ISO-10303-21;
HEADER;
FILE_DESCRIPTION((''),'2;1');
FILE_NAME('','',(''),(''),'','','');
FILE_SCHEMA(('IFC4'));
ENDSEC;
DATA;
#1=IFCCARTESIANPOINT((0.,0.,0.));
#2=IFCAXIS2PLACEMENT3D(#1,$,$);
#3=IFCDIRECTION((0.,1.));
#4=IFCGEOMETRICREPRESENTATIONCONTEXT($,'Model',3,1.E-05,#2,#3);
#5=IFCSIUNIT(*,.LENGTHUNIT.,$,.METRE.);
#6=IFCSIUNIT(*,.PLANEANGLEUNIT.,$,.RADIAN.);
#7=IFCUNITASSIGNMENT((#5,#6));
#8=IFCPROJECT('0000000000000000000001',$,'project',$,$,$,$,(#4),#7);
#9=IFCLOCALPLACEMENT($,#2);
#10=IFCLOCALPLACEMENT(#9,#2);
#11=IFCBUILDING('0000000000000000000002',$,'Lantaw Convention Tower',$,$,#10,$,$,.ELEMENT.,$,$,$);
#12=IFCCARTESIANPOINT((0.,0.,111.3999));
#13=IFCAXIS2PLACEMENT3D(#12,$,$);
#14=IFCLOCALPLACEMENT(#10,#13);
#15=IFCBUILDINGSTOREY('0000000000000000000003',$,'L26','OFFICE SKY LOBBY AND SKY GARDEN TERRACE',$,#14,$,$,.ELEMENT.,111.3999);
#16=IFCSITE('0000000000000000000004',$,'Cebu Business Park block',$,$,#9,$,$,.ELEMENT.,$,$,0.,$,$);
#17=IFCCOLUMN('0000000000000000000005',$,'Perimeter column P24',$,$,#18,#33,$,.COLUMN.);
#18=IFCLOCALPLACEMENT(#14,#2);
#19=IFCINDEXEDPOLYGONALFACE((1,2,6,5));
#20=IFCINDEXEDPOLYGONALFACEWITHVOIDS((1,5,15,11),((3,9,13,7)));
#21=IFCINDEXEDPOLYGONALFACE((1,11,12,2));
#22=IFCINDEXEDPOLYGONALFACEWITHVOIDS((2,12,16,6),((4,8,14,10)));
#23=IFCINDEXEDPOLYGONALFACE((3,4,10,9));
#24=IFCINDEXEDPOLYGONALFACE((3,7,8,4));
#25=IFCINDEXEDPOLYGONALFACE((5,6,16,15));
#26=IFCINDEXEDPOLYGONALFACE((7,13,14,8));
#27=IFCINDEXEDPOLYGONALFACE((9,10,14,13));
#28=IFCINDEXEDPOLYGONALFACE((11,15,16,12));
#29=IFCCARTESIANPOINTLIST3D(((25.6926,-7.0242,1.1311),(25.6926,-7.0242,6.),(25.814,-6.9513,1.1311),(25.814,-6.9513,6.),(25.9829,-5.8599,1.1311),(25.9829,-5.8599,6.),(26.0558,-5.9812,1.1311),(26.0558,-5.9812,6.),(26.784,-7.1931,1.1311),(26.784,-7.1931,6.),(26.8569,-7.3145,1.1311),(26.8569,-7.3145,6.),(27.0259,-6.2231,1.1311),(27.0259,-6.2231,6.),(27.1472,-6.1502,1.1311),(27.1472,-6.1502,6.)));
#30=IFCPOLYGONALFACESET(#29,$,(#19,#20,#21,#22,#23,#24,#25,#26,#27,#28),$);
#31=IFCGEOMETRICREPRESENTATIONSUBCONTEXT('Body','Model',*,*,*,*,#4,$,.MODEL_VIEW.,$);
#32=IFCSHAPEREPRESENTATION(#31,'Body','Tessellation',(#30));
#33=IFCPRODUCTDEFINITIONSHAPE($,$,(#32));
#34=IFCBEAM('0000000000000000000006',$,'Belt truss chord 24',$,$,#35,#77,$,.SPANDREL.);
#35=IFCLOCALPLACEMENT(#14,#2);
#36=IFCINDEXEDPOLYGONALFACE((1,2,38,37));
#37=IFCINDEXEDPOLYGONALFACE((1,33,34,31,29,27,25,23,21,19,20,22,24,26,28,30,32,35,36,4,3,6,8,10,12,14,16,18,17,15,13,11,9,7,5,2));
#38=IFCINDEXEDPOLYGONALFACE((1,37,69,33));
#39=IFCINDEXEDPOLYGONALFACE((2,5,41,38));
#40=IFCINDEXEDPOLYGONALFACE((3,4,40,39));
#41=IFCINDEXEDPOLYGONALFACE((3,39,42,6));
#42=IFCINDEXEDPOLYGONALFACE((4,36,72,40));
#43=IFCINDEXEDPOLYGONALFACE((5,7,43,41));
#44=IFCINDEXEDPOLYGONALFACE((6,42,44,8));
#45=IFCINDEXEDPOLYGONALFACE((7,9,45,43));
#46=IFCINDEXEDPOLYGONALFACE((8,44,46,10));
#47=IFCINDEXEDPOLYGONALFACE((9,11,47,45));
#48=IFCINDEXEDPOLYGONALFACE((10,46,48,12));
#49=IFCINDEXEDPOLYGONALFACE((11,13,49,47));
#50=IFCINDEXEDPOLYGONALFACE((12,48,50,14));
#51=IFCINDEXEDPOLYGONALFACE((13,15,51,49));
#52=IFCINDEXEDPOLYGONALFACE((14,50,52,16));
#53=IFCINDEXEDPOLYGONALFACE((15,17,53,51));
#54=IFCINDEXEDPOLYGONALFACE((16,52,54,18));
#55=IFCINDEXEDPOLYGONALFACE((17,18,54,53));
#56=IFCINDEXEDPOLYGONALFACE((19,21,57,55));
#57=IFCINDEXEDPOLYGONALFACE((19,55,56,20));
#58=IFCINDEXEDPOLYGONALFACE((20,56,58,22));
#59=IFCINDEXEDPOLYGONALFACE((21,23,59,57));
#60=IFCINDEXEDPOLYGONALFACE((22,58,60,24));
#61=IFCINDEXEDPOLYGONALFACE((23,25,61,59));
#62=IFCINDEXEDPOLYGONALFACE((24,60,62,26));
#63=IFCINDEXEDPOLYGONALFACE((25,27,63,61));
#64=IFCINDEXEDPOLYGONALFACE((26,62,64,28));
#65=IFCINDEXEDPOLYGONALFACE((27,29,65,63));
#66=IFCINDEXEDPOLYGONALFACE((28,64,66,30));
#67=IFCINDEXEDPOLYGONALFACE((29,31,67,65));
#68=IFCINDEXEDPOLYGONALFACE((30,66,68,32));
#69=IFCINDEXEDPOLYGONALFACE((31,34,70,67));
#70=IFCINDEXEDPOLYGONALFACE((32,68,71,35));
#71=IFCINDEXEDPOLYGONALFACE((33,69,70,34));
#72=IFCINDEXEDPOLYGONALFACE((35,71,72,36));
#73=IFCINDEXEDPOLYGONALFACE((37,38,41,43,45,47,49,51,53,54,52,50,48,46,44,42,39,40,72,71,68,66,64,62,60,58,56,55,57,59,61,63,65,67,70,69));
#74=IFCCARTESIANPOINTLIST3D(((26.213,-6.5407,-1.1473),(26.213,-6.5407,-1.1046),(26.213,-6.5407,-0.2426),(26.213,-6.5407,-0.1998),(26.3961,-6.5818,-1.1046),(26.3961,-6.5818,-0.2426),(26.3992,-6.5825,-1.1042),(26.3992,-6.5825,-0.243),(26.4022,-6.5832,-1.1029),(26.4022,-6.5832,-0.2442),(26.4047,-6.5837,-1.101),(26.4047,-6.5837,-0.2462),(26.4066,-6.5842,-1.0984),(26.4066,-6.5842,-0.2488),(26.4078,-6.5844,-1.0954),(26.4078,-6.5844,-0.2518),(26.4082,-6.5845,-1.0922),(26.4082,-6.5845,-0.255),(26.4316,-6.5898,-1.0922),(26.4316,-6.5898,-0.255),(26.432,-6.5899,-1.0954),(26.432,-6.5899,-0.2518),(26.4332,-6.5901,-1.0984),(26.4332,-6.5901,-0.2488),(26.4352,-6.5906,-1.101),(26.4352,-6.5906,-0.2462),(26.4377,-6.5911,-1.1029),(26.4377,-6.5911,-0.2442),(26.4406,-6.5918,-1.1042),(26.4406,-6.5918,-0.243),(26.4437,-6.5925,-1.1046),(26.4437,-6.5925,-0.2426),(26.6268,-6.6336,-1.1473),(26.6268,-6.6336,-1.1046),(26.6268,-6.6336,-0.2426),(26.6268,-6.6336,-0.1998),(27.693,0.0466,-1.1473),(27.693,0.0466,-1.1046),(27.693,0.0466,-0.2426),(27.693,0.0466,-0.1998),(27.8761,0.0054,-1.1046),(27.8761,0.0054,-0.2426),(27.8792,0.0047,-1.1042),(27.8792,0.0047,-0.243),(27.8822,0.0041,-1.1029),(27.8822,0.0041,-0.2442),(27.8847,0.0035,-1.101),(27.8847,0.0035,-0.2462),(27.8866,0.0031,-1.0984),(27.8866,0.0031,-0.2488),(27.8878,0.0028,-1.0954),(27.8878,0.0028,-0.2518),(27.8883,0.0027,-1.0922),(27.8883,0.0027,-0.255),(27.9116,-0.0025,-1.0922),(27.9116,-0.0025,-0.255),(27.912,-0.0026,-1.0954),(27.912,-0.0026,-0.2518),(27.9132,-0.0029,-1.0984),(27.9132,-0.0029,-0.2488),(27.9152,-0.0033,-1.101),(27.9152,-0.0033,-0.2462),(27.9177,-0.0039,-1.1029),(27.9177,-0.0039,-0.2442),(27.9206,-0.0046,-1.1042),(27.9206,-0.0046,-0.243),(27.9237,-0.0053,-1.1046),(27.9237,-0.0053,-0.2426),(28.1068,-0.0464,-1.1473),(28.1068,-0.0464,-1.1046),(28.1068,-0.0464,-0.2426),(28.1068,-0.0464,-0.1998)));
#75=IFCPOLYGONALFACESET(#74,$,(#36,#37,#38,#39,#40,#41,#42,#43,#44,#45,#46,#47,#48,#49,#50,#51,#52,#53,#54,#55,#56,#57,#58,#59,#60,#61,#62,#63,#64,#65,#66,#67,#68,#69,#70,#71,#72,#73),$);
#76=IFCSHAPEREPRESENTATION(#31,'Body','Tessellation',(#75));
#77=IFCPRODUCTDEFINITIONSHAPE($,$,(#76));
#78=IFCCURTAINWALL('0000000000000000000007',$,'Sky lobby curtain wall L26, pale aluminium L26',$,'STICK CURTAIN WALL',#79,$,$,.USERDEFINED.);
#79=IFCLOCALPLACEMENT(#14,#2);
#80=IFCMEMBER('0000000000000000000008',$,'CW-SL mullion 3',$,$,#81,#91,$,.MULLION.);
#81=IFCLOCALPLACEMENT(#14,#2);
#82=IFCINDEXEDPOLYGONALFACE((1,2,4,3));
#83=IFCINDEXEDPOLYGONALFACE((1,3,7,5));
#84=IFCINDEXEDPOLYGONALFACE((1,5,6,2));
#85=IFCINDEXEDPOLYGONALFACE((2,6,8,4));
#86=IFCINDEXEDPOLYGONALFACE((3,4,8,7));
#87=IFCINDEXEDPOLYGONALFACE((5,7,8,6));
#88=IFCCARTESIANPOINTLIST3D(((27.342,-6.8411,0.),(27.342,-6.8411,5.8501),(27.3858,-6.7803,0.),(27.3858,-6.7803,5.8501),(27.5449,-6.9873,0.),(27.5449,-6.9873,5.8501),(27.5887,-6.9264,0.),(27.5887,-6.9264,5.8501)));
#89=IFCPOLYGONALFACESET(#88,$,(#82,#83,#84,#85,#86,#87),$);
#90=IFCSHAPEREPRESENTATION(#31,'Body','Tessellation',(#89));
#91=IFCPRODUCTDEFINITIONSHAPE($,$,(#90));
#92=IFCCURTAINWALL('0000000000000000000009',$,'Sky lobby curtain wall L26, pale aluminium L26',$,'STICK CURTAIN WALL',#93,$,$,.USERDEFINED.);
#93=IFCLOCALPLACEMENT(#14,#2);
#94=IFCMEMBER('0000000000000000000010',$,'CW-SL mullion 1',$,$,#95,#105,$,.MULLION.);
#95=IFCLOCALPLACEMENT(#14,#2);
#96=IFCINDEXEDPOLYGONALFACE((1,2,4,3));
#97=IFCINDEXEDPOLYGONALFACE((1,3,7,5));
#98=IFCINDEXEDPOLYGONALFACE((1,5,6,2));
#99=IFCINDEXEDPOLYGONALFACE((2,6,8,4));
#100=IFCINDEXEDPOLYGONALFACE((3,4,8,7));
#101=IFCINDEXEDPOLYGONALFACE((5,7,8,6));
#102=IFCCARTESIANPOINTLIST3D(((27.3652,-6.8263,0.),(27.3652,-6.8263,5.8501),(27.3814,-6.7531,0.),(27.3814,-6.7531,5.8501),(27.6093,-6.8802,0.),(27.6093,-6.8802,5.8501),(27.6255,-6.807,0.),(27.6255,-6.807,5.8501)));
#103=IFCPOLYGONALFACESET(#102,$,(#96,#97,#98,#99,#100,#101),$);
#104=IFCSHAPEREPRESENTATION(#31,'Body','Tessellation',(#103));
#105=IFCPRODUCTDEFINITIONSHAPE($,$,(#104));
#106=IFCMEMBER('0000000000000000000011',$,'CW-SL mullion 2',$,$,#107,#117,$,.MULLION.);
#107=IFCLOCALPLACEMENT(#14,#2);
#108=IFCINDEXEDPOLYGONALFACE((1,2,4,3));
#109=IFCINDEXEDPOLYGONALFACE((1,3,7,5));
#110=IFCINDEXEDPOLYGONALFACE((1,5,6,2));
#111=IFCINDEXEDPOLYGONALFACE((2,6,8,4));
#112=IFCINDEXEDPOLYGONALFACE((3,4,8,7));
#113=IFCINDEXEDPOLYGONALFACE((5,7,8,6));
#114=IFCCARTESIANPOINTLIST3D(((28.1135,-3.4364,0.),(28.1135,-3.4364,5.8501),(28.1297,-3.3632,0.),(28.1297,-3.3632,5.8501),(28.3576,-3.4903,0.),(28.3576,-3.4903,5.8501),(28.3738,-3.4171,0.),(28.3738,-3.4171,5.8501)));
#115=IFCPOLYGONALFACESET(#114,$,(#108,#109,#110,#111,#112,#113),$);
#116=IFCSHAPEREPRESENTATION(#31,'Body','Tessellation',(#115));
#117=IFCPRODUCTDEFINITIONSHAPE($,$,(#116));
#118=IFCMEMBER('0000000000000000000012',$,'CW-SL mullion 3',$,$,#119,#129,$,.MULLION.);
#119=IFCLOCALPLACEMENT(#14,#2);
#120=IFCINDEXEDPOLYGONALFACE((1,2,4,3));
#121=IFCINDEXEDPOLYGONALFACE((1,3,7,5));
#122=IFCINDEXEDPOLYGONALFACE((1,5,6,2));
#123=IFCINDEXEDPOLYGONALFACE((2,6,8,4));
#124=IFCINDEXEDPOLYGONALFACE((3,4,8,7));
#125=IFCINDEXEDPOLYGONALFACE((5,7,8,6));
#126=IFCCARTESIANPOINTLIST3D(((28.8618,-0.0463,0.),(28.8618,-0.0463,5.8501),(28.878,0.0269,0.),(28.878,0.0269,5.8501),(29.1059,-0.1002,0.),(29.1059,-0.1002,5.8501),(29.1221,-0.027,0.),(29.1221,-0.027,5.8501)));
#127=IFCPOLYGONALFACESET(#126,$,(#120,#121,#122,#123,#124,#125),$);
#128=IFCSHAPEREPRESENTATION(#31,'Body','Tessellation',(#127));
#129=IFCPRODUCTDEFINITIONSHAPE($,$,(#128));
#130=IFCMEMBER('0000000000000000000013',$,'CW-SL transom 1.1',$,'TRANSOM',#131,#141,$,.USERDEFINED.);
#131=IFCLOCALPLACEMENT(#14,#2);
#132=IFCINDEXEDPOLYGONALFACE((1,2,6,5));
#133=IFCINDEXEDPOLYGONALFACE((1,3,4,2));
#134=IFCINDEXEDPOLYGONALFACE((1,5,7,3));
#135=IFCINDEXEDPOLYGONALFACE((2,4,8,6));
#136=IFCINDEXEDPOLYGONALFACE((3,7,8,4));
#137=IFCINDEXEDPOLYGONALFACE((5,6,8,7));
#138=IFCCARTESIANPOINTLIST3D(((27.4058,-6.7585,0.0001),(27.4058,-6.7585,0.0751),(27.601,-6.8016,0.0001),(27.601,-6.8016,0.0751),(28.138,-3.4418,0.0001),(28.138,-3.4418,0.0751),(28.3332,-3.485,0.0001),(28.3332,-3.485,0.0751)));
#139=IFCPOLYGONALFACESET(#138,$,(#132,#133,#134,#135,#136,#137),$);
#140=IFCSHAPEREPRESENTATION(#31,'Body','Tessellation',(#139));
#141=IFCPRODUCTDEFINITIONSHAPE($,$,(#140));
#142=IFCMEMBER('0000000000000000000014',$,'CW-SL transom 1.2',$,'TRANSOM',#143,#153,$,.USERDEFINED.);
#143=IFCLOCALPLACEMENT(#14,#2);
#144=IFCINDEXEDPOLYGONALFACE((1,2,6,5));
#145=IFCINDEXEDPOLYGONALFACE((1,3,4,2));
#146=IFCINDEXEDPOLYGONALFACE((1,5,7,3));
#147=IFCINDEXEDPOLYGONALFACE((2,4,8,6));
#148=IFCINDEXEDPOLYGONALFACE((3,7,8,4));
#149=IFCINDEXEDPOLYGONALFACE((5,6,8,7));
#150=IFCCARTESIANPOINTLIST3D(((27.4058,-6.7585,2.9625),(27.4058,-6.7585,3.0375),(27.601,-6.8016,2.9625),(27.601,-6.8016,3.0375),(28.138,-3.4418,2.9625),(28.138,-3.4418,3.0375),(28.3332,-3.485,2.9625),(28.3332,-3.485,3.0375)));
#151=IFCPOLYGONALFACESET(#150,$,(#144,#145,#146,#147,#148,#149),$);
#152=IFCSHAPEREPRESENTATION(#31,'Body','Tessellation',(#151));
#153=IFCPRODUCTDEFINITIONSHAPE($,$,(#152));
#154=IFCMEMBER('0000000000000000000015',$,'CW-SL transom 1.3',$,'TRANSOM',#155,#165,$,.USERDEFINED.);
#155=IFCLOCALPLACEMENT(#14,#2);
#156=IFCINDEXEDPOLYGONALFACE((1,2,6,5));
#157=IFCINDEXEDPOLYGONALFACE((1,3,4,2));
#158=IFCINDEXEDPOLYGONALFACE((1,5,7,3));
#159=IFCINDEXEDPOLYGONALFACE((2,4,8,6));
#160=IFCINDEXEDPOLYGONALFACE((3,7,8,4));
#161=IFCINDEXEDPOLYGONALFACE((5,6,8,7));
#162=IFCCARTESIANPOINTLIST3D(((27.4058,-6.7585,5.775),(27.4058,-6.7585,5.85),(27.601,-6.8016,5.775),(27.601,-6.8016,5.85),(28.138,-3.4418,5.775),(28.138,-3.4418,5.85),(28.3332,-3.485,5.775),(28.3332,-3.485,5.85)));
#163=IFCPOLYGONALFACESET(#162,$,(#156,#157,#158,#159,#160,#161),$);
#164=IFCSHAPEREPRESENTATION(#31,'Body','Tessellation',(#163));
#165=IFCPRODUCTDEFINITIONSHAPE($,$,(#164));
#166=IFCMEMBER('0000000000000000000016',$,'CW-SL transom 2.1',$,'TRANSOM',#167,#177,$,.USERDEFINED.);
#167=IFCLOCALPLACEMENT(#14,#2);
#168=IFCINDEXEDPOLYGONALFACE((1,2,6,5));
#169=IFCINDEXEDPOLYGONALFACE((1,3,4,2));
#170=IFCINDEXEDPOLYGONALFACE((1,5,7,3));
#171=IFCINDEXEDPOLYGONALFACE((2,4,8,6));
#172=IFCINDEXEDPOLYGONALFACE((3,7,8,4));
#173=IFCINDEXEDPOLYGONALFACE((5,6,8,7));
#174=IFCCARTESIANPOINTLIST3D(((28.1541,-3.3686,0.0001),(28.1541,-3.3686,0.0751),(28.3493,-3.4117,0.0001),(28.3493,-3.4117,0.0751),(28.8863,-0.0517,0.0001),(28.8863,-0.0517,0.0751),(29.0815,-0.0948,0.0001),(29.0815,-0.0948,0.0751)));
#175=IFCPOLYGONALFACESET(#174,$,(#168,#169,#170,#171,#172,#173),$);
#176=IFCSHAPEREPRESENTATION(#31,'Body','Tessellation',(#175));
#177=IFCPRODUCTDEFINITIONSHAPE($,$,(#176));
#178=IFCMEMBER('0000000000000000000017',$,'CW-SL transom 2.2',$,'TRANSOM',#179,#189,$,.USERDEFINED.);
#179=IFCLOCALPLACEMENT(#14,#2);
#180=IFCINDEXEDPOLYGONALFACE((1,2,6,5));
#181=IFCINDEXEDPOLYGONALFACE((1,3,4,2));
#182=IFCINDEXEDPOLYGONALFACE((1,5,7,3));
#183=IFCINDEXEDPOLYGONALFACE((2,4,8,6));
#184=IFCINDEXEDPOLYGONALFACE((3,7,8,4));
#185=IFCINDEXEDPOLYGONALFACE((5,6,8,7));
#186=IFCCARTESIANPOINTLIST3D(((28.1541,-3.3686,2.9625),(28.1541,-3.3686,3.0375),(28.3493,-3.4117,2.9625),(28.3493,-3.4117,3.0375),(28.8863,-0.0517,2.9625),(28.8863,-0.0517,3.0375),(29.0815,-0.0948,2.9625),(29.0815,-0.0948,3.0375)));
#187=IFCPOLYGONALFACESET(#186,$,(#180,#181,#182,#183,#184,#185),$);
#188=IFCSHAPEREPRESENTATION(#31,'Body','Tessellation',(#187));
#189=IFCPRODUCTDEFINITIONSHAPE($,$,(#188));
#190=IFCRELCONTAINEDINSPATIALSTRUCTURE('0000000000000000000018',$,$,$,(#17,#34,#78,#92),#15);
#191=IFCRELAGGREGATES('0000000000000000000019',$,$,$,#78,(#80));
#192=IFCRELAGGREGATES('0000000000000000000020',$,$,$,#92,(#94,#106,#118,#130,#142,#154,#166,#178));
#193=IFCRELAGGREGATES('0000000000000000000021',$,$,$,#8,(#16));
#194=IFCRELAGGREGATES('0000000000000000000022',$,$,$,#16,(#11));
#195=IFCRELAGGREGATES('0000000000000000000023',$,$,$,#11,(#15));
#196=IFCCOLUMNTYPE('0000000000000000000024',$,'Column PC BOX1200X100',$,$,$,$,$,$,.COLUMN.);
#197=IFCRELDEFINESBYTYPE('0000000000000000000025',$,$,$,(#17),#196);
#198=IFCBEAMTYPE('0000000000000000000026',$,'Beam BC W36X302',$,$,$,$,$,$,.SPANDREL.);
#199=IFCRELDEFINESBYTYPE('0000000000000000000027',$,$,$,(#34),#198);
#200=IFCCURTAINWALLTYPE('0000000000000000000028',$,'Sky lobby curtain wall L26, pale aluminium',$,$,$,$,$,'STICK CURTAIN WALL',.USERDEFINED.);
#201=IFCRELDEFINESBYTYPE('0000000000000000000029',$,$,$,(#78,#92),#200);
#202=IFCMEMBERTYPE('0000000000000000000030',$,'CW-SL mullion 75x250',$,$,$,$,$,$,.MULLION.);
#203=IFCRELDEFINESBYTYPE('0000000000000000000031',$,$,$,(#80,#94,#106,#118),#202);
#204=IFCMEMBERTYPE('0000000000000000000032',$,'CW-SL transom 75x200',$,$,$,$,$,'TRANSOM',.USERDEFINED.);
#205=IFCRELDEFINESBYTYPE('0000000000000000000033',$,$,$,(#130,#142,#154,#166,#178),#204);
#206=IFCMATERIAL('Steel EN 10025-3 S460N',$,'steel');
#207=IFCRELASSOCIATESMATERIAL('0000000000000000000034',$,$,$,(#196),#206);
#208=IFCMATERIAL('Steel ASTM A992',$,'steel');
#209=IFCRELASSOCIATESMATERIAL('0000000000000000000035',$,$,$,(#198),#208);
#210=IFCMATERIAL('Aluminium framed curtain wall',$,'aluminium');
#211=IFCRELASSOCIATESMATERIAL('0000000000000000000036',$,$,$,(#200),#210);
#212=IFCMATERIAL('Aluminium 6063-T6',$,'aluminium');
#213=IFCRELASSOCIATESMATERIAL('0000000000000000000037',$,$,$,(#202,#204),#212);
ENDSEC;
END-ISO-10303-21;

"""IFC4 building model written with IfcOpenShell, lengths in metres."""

from ifc_helpers import new_model, si_unit, direction, frame, origin, origin_2d, place, context, subcontext, project, spatial, rectangle, hollow_rectangle, i_section, extrude, material, material_profile, profile_set, type_object, element, aggregate, save


model = new_model("IFC4")

# Units and contexts
model_context = context("Model", 3, precision=1e-05, world=origin(), true_north=direction((0.0, 1.0)))
body_context = subcontext(model_context, "Body", "Model", "MODEL_VIEW")
ifc_project = project(units=[si_unit("LENGTHUNIT", "METRE"), si_unit("PLANEANGLEUNIT", "RADIAN")], contexts=[model_context])

# Site, building, storey
site_placement = place(None, origin())
site = spatial("IfcSite", under=ifc_project, at=site_placement, Name="Cebu Business Park block", CompositionType="ELEMENT", RefElevation=0.0)
building_placement = place(site_placement, origin())
building = spatial("IfcBuilding", under=site, at=building_placement, Name="Lantaw Convention Tower", CompositionType="ELEMENT")
storey_placement = place(building_placement, frame((0.0, 0.0, 111.3999)))
storey = spatial("IfcBuildingStorey", under=building, at=storey_placement, Name="L26", Description="OFFICE SKY LOBBY AND SKY GARDEN TERRACE", CompositionType="ELEMENT", Elevation=111.3999)

# Column
ifc_material_1 = material(Name="Steel EN 10025-3 S460N", Category="steel")
ifc_material_profile_1 = material_profile(ifc_material_1, hollow_rectangle(XDim=1.2, YDim=1.2, WallThickness=0.1001, at=origin_2d()), Name="BOX1200X100")
ifc_material_2 = material(Name="Concrete C60/75", Category="concrete")
ifc_material_profile_2 = material_profile(ifc_material_2, rectangle(XDim=1.0, YDim=1.0, at=origin_2d()), Name="Concrete fill of BOX1200X100")
ifc_profile_set_1 = profile_set([ifc_material_profile_1, ifc_material_profile_2], Name="Steel EN 10025-3 S460N")
column_type = type_object("IfcColumnType", Name="Column PC BOX1200X100", PredefinedType="COLUMN", material=ifc_profile_set_1)
column_placement = place(storey_placement, frame((26.4199, -6.5872, 1.1311), z_axis=(0.0, 0.0, 1.0), x_axis=(0.241922, 0.970296, 0.0)))
element("IfcColumn", 1, at=column_placement, inside=storey, type_object=column_type, Name="Perimeter column P24", PredefinedType="COLUMN", context=body_context, shape_type="SweptSolid", body=[
    extrude(hollow_rectangle(XDim=1.2, YDim=1.2, WallThickness=0.1001, at=origin_2d()), origin(), (0.0, 0.0, 1.0), 4.8689),
])

# Beam
ifc_material_3 = material(Name="Steel ASTM A992", Category="steel")
ifc_material_profile_3 = material_profile(ifc_material_3, i_section(OverallWidth=0.4241, OverallDepth=0.9475, WebThickness=0.0239, FlangeThickness=0.0427, FilletRadius=0.0125, at=origin_2d()), Name="W36X302")
ifc_profile_set_2 = profile_set([ifc_material_profile_3], Name="Steel ASTM A992")
beam_type = type_object("IfcBeamType", Name="Beam BC W36X302", PredefinedType="SPANDREL", material=ifc_profile_set_2)
beam_placement = place(storey_placement, frame((26.4199, -6.5872, -0.6736), z_axis=(0.219212, 0.975677, 0.0), x_axis=(-0.975677, 0.219212, 0.0)))
element("IfcBeam", 2, at=beam_placement, inside=storey, type_object=beam_type, Name="Belt truss chord 24", PredefinedType="SPANDREL", context=body_context, shape_type="SweptSolid", body=[
    extrude(i_section(OverallWidth=0.4241, OverallDepth=0.9475, WebThickness=0.0239, FlangeThickness=0.0427, FilletRadius=0.0125, at=origin_2d()), origin(), (0.0, 0.0, 1.0), 6.7515),
])

# Curtain wall, member
ifc_material_4 = material(Name="Aluminium framed curtain wall", Category="aluminium")
curtain_wall_type = type_object("IfcCurtainWallType", Name="Sky lobby curtain wall L26, pale aluminium", ElementType="STICK CURTAIN WALL", PredefinedType="USERDEFINED", material=ifc_material_4)
curtain_wall_1_placement = place(storey_placement, origin())
curtain_wall_1 = element("IfcCurtainWall", 3, at=curtain_wall_1_placement, inside=storey, type_object=curtain_wall_type, Name="Sky lobby curtain wall L26, pale aluminium L26", ObjectType="STICK CURTAIN WALL", PredefinedType="USERDEFINED")
ifc_material_5 = material(Name="Aluminium 6063-T6", Category="aluminium")
ifc_material_profile_4 = material_profile(ifc_material_5, rectangle(XDim=0.25, YDim=0.075, at=origin_2d()), Name="CW-SL mullion 75x250")
ifc_profile_set_3 = profile_set([ifc_material_profile_4], Name="Aluminium 6063-T6")
member_type_1 = type_object("IfcMemberType", Name="CW-SL mullion 75x250", PredefinedType="MULLION", material=ifc_profile_set_3)
member_1_placement = place(storey_placement, frame((27.4653, -6.8838, 0.0), z_axis=(0.0, 0.0, 1.0), x_axis=(-0.811385, 0.584513, 0.0)))
member_1 = element("IfcMember", 4, at=member_1_placement, type_object=member_type_1, Name="CW-SL mullion 3", PredefinedType="MULLION", context=body_context, shape_type="SweptSolid", body=[
    extrude(rectangle(XDim=0.25, YDim=0.075, at=origin_2d()), origin(), (0.0, 0.0, 1.0), 5.8501),
])
aggregate(curtain_wall_1, [member_1])

# Curtain wall, members
curtain_wall_2_placement = place(storey_placement, origin())
curtain_wall_2 = element("IfcCurtainWall", 5, at=curtain_wall_2_placement, inside=storey, type_object=curtain_wall_type, Name="Sky lobby curtain wall L26, pale aluminium L26", ObjectType="STICK CURTAIN WALL", PredefinedType="USERDEFINED")
member_2_placement = place(storey_placement, frame((27.4954, -6.8167, 0.0), z_axis=(0.0, 0.0, 1.0), x_axis=(-0.976494, 0.215546, 0.0)))
member_2 = element("IfcMember", 6, at=member_2_placement, type_object=member_type_1, Name="CW-SL mullion 1", PredefinedType="MULLION", context=body_context, shape_type="SweptSolid", body=[
    extrude(rectangle(XDim=0.25, YDim=0.075, at=origin_2d()), origin(), (0.0, 0.0, 1.0), 5.8501),
])
member_3_placement = place(storey_placement, frame((28.2437, -3.4268, 0.0), z_axis=(0.0, 0.0, 1.0), x_axis=(-0.976494, 0.215546, 0.0)))
member_3 = element("IfcMember", 7, at=member_3_placement, type_object=member_type_1, Name="CW-SL mullion 2", PredefinedType="MULLION", context=body_context, shape_type="SweptSolid", body=[
    extrude(rectangle(XDim=0.25, YDim=0.075, at=origin_2d()), origin(), (0.0, 0.0, 1.0), 5.8501),
])
member_4_placement = place(storey_placement, frame((28.9919, -0.0366, 0.0), z_axis=(0.0, 0.0, 1.0), x_axis=(-0.976494, 0.215546, 0.0)))
member_4 = element("IfcMember", 8, at=member_4_placement, type_object=member_type_1, Name="CW-SL mullion 3", PredefinedType="MULLION", context=body_context, shape_type="SweptSolid", body=[
    extrude(rectangle(XDim=0.25, YDim=0.075, at=origin_2d()), origin(), (0.0, 0.0, 1.0), 5.8501),
])
ifc_material_profile_5 = material_profile(ifc_material_5, rectangle(XDim=0.2, YDim=0.075, at=origin_2d()), Name="CW-SL transom 75x200")
ifc_profile_set_4 = profile_set([ifc_material_profile_5], Name="Aluminium 6063-T6")
member_type_2 = type_object("IfcMemberType", Name="CW-SL transom 75x200", ElementType="TRANSOM", PredefinedType="USERDEFINED", material=ifc_profile_set_4)
member_5_placement = place(storey_placement, frame((27.5034, -6.78, 0.0376), z_axis=(0.215568, 0.976489, 0.0), x_axis=(-0.976489, 0.215568, 0.0)))
member_5 = element("IfcMember", 9, at=member_5_placement, type_object=member_type_2, Name="CW-SL transom 1.1", ObjectType="TRANSOM", PredefinedType="USERDEFINED", context=body_context, shape_type="SweptSolid", body=[
    extrude(rectangle(XDim=0.2, YDim=0.075, at=origin_2d()), origin(), (0.0, 0.0, 1.0), 3.3965),
])
member_6_placement = place(storey_placement, frame((27.5034, -6.78, 3.0), z_axis=(0.215568, 0.976489, 0.0), x_axis=(-0.976489, 0.215568, 0.0)))
member_6 = element("IfcMember", 10, at=member_6_placement, type_object=member_type_2, Name="CW-SL transom 1.2", ObjectType="TRANSOM", PredefinedType="USERDEFINED", context=body_context, shape_type="SweptSolid", body=[
    extrude(rectangle(XDim=0.2, YDim=0.075, at=origin_2d()), origin(), (0.0, 0.0, 1.0), 3.3965),
])
member_7_placement = place(storey_placement, frame((27.5034, -6.78, 5.8125), z_axis=(0.215568, 0.976489, 0.0), x_axis=(-0.976489, 0.215568, 0.0)))
member_7 = element("IfcMember", 11, at=member_7_placement, type_object=member_type_2, Name="CW-SL transom 1.3", ObjectType="TRANSOM", PredefinedType="USERDEFINED", context=body_context, shape_type="SweptSolid", body=[
    extrude(rectangle(XDim=0.2, YDim=0.075, at=origin_2d()), origin(), (0.0, 0.0, 1.0), 3.3965),
])
member_8_placement = place(storey_placement, frame((28.2517, -3.3901, 0.0376), z_axis=(0.215553, 0.976492, 0.0), x_axis=(-0.976492, 0.215553, 0.0)))
member_8 = element("IfcMember", 12, at=member_8_placement, type_object=member_type_2, Name="CW-SL transom 2.1", ObjectType="TRANSOM", PredefinedType="USERDEFINED", context=body_context, shape_type="SweptSolid", body=[
    extrude(rectangle(XDim=0.2, YDim=0.075, at=origin_2d()), origin(), (0.0, 0.0, 1.0), 3.3967),
])
member_9_placement = place(storey_placement, frame((28.2517, -3.3901, 3.0), z_axis=(0.215553, 0.976492, 0.0), x_axis=(-0.976492, 0.215553, 0.0)))
member_9 = element("IfcMember", 13, at=member_9_placement, type_object=member_type_2, Name="CW-SL transom 2.2", ObjectType="TRANSOM", PredefinedType="USERDEFINED", context=body_context, shape_type="SweptSolid", body=[
    extrude(rectangle(XDim=0.2, YDim=0.075, at=origin_2d()), origin(), (0.0, 0.0, 1.0), 3.3967),
])
aggregate(curtain_wall_2, [member_2, member_3, member_4, member_5, member_6, member_7, member_8, member_9])

save(model, "model.ifc")
